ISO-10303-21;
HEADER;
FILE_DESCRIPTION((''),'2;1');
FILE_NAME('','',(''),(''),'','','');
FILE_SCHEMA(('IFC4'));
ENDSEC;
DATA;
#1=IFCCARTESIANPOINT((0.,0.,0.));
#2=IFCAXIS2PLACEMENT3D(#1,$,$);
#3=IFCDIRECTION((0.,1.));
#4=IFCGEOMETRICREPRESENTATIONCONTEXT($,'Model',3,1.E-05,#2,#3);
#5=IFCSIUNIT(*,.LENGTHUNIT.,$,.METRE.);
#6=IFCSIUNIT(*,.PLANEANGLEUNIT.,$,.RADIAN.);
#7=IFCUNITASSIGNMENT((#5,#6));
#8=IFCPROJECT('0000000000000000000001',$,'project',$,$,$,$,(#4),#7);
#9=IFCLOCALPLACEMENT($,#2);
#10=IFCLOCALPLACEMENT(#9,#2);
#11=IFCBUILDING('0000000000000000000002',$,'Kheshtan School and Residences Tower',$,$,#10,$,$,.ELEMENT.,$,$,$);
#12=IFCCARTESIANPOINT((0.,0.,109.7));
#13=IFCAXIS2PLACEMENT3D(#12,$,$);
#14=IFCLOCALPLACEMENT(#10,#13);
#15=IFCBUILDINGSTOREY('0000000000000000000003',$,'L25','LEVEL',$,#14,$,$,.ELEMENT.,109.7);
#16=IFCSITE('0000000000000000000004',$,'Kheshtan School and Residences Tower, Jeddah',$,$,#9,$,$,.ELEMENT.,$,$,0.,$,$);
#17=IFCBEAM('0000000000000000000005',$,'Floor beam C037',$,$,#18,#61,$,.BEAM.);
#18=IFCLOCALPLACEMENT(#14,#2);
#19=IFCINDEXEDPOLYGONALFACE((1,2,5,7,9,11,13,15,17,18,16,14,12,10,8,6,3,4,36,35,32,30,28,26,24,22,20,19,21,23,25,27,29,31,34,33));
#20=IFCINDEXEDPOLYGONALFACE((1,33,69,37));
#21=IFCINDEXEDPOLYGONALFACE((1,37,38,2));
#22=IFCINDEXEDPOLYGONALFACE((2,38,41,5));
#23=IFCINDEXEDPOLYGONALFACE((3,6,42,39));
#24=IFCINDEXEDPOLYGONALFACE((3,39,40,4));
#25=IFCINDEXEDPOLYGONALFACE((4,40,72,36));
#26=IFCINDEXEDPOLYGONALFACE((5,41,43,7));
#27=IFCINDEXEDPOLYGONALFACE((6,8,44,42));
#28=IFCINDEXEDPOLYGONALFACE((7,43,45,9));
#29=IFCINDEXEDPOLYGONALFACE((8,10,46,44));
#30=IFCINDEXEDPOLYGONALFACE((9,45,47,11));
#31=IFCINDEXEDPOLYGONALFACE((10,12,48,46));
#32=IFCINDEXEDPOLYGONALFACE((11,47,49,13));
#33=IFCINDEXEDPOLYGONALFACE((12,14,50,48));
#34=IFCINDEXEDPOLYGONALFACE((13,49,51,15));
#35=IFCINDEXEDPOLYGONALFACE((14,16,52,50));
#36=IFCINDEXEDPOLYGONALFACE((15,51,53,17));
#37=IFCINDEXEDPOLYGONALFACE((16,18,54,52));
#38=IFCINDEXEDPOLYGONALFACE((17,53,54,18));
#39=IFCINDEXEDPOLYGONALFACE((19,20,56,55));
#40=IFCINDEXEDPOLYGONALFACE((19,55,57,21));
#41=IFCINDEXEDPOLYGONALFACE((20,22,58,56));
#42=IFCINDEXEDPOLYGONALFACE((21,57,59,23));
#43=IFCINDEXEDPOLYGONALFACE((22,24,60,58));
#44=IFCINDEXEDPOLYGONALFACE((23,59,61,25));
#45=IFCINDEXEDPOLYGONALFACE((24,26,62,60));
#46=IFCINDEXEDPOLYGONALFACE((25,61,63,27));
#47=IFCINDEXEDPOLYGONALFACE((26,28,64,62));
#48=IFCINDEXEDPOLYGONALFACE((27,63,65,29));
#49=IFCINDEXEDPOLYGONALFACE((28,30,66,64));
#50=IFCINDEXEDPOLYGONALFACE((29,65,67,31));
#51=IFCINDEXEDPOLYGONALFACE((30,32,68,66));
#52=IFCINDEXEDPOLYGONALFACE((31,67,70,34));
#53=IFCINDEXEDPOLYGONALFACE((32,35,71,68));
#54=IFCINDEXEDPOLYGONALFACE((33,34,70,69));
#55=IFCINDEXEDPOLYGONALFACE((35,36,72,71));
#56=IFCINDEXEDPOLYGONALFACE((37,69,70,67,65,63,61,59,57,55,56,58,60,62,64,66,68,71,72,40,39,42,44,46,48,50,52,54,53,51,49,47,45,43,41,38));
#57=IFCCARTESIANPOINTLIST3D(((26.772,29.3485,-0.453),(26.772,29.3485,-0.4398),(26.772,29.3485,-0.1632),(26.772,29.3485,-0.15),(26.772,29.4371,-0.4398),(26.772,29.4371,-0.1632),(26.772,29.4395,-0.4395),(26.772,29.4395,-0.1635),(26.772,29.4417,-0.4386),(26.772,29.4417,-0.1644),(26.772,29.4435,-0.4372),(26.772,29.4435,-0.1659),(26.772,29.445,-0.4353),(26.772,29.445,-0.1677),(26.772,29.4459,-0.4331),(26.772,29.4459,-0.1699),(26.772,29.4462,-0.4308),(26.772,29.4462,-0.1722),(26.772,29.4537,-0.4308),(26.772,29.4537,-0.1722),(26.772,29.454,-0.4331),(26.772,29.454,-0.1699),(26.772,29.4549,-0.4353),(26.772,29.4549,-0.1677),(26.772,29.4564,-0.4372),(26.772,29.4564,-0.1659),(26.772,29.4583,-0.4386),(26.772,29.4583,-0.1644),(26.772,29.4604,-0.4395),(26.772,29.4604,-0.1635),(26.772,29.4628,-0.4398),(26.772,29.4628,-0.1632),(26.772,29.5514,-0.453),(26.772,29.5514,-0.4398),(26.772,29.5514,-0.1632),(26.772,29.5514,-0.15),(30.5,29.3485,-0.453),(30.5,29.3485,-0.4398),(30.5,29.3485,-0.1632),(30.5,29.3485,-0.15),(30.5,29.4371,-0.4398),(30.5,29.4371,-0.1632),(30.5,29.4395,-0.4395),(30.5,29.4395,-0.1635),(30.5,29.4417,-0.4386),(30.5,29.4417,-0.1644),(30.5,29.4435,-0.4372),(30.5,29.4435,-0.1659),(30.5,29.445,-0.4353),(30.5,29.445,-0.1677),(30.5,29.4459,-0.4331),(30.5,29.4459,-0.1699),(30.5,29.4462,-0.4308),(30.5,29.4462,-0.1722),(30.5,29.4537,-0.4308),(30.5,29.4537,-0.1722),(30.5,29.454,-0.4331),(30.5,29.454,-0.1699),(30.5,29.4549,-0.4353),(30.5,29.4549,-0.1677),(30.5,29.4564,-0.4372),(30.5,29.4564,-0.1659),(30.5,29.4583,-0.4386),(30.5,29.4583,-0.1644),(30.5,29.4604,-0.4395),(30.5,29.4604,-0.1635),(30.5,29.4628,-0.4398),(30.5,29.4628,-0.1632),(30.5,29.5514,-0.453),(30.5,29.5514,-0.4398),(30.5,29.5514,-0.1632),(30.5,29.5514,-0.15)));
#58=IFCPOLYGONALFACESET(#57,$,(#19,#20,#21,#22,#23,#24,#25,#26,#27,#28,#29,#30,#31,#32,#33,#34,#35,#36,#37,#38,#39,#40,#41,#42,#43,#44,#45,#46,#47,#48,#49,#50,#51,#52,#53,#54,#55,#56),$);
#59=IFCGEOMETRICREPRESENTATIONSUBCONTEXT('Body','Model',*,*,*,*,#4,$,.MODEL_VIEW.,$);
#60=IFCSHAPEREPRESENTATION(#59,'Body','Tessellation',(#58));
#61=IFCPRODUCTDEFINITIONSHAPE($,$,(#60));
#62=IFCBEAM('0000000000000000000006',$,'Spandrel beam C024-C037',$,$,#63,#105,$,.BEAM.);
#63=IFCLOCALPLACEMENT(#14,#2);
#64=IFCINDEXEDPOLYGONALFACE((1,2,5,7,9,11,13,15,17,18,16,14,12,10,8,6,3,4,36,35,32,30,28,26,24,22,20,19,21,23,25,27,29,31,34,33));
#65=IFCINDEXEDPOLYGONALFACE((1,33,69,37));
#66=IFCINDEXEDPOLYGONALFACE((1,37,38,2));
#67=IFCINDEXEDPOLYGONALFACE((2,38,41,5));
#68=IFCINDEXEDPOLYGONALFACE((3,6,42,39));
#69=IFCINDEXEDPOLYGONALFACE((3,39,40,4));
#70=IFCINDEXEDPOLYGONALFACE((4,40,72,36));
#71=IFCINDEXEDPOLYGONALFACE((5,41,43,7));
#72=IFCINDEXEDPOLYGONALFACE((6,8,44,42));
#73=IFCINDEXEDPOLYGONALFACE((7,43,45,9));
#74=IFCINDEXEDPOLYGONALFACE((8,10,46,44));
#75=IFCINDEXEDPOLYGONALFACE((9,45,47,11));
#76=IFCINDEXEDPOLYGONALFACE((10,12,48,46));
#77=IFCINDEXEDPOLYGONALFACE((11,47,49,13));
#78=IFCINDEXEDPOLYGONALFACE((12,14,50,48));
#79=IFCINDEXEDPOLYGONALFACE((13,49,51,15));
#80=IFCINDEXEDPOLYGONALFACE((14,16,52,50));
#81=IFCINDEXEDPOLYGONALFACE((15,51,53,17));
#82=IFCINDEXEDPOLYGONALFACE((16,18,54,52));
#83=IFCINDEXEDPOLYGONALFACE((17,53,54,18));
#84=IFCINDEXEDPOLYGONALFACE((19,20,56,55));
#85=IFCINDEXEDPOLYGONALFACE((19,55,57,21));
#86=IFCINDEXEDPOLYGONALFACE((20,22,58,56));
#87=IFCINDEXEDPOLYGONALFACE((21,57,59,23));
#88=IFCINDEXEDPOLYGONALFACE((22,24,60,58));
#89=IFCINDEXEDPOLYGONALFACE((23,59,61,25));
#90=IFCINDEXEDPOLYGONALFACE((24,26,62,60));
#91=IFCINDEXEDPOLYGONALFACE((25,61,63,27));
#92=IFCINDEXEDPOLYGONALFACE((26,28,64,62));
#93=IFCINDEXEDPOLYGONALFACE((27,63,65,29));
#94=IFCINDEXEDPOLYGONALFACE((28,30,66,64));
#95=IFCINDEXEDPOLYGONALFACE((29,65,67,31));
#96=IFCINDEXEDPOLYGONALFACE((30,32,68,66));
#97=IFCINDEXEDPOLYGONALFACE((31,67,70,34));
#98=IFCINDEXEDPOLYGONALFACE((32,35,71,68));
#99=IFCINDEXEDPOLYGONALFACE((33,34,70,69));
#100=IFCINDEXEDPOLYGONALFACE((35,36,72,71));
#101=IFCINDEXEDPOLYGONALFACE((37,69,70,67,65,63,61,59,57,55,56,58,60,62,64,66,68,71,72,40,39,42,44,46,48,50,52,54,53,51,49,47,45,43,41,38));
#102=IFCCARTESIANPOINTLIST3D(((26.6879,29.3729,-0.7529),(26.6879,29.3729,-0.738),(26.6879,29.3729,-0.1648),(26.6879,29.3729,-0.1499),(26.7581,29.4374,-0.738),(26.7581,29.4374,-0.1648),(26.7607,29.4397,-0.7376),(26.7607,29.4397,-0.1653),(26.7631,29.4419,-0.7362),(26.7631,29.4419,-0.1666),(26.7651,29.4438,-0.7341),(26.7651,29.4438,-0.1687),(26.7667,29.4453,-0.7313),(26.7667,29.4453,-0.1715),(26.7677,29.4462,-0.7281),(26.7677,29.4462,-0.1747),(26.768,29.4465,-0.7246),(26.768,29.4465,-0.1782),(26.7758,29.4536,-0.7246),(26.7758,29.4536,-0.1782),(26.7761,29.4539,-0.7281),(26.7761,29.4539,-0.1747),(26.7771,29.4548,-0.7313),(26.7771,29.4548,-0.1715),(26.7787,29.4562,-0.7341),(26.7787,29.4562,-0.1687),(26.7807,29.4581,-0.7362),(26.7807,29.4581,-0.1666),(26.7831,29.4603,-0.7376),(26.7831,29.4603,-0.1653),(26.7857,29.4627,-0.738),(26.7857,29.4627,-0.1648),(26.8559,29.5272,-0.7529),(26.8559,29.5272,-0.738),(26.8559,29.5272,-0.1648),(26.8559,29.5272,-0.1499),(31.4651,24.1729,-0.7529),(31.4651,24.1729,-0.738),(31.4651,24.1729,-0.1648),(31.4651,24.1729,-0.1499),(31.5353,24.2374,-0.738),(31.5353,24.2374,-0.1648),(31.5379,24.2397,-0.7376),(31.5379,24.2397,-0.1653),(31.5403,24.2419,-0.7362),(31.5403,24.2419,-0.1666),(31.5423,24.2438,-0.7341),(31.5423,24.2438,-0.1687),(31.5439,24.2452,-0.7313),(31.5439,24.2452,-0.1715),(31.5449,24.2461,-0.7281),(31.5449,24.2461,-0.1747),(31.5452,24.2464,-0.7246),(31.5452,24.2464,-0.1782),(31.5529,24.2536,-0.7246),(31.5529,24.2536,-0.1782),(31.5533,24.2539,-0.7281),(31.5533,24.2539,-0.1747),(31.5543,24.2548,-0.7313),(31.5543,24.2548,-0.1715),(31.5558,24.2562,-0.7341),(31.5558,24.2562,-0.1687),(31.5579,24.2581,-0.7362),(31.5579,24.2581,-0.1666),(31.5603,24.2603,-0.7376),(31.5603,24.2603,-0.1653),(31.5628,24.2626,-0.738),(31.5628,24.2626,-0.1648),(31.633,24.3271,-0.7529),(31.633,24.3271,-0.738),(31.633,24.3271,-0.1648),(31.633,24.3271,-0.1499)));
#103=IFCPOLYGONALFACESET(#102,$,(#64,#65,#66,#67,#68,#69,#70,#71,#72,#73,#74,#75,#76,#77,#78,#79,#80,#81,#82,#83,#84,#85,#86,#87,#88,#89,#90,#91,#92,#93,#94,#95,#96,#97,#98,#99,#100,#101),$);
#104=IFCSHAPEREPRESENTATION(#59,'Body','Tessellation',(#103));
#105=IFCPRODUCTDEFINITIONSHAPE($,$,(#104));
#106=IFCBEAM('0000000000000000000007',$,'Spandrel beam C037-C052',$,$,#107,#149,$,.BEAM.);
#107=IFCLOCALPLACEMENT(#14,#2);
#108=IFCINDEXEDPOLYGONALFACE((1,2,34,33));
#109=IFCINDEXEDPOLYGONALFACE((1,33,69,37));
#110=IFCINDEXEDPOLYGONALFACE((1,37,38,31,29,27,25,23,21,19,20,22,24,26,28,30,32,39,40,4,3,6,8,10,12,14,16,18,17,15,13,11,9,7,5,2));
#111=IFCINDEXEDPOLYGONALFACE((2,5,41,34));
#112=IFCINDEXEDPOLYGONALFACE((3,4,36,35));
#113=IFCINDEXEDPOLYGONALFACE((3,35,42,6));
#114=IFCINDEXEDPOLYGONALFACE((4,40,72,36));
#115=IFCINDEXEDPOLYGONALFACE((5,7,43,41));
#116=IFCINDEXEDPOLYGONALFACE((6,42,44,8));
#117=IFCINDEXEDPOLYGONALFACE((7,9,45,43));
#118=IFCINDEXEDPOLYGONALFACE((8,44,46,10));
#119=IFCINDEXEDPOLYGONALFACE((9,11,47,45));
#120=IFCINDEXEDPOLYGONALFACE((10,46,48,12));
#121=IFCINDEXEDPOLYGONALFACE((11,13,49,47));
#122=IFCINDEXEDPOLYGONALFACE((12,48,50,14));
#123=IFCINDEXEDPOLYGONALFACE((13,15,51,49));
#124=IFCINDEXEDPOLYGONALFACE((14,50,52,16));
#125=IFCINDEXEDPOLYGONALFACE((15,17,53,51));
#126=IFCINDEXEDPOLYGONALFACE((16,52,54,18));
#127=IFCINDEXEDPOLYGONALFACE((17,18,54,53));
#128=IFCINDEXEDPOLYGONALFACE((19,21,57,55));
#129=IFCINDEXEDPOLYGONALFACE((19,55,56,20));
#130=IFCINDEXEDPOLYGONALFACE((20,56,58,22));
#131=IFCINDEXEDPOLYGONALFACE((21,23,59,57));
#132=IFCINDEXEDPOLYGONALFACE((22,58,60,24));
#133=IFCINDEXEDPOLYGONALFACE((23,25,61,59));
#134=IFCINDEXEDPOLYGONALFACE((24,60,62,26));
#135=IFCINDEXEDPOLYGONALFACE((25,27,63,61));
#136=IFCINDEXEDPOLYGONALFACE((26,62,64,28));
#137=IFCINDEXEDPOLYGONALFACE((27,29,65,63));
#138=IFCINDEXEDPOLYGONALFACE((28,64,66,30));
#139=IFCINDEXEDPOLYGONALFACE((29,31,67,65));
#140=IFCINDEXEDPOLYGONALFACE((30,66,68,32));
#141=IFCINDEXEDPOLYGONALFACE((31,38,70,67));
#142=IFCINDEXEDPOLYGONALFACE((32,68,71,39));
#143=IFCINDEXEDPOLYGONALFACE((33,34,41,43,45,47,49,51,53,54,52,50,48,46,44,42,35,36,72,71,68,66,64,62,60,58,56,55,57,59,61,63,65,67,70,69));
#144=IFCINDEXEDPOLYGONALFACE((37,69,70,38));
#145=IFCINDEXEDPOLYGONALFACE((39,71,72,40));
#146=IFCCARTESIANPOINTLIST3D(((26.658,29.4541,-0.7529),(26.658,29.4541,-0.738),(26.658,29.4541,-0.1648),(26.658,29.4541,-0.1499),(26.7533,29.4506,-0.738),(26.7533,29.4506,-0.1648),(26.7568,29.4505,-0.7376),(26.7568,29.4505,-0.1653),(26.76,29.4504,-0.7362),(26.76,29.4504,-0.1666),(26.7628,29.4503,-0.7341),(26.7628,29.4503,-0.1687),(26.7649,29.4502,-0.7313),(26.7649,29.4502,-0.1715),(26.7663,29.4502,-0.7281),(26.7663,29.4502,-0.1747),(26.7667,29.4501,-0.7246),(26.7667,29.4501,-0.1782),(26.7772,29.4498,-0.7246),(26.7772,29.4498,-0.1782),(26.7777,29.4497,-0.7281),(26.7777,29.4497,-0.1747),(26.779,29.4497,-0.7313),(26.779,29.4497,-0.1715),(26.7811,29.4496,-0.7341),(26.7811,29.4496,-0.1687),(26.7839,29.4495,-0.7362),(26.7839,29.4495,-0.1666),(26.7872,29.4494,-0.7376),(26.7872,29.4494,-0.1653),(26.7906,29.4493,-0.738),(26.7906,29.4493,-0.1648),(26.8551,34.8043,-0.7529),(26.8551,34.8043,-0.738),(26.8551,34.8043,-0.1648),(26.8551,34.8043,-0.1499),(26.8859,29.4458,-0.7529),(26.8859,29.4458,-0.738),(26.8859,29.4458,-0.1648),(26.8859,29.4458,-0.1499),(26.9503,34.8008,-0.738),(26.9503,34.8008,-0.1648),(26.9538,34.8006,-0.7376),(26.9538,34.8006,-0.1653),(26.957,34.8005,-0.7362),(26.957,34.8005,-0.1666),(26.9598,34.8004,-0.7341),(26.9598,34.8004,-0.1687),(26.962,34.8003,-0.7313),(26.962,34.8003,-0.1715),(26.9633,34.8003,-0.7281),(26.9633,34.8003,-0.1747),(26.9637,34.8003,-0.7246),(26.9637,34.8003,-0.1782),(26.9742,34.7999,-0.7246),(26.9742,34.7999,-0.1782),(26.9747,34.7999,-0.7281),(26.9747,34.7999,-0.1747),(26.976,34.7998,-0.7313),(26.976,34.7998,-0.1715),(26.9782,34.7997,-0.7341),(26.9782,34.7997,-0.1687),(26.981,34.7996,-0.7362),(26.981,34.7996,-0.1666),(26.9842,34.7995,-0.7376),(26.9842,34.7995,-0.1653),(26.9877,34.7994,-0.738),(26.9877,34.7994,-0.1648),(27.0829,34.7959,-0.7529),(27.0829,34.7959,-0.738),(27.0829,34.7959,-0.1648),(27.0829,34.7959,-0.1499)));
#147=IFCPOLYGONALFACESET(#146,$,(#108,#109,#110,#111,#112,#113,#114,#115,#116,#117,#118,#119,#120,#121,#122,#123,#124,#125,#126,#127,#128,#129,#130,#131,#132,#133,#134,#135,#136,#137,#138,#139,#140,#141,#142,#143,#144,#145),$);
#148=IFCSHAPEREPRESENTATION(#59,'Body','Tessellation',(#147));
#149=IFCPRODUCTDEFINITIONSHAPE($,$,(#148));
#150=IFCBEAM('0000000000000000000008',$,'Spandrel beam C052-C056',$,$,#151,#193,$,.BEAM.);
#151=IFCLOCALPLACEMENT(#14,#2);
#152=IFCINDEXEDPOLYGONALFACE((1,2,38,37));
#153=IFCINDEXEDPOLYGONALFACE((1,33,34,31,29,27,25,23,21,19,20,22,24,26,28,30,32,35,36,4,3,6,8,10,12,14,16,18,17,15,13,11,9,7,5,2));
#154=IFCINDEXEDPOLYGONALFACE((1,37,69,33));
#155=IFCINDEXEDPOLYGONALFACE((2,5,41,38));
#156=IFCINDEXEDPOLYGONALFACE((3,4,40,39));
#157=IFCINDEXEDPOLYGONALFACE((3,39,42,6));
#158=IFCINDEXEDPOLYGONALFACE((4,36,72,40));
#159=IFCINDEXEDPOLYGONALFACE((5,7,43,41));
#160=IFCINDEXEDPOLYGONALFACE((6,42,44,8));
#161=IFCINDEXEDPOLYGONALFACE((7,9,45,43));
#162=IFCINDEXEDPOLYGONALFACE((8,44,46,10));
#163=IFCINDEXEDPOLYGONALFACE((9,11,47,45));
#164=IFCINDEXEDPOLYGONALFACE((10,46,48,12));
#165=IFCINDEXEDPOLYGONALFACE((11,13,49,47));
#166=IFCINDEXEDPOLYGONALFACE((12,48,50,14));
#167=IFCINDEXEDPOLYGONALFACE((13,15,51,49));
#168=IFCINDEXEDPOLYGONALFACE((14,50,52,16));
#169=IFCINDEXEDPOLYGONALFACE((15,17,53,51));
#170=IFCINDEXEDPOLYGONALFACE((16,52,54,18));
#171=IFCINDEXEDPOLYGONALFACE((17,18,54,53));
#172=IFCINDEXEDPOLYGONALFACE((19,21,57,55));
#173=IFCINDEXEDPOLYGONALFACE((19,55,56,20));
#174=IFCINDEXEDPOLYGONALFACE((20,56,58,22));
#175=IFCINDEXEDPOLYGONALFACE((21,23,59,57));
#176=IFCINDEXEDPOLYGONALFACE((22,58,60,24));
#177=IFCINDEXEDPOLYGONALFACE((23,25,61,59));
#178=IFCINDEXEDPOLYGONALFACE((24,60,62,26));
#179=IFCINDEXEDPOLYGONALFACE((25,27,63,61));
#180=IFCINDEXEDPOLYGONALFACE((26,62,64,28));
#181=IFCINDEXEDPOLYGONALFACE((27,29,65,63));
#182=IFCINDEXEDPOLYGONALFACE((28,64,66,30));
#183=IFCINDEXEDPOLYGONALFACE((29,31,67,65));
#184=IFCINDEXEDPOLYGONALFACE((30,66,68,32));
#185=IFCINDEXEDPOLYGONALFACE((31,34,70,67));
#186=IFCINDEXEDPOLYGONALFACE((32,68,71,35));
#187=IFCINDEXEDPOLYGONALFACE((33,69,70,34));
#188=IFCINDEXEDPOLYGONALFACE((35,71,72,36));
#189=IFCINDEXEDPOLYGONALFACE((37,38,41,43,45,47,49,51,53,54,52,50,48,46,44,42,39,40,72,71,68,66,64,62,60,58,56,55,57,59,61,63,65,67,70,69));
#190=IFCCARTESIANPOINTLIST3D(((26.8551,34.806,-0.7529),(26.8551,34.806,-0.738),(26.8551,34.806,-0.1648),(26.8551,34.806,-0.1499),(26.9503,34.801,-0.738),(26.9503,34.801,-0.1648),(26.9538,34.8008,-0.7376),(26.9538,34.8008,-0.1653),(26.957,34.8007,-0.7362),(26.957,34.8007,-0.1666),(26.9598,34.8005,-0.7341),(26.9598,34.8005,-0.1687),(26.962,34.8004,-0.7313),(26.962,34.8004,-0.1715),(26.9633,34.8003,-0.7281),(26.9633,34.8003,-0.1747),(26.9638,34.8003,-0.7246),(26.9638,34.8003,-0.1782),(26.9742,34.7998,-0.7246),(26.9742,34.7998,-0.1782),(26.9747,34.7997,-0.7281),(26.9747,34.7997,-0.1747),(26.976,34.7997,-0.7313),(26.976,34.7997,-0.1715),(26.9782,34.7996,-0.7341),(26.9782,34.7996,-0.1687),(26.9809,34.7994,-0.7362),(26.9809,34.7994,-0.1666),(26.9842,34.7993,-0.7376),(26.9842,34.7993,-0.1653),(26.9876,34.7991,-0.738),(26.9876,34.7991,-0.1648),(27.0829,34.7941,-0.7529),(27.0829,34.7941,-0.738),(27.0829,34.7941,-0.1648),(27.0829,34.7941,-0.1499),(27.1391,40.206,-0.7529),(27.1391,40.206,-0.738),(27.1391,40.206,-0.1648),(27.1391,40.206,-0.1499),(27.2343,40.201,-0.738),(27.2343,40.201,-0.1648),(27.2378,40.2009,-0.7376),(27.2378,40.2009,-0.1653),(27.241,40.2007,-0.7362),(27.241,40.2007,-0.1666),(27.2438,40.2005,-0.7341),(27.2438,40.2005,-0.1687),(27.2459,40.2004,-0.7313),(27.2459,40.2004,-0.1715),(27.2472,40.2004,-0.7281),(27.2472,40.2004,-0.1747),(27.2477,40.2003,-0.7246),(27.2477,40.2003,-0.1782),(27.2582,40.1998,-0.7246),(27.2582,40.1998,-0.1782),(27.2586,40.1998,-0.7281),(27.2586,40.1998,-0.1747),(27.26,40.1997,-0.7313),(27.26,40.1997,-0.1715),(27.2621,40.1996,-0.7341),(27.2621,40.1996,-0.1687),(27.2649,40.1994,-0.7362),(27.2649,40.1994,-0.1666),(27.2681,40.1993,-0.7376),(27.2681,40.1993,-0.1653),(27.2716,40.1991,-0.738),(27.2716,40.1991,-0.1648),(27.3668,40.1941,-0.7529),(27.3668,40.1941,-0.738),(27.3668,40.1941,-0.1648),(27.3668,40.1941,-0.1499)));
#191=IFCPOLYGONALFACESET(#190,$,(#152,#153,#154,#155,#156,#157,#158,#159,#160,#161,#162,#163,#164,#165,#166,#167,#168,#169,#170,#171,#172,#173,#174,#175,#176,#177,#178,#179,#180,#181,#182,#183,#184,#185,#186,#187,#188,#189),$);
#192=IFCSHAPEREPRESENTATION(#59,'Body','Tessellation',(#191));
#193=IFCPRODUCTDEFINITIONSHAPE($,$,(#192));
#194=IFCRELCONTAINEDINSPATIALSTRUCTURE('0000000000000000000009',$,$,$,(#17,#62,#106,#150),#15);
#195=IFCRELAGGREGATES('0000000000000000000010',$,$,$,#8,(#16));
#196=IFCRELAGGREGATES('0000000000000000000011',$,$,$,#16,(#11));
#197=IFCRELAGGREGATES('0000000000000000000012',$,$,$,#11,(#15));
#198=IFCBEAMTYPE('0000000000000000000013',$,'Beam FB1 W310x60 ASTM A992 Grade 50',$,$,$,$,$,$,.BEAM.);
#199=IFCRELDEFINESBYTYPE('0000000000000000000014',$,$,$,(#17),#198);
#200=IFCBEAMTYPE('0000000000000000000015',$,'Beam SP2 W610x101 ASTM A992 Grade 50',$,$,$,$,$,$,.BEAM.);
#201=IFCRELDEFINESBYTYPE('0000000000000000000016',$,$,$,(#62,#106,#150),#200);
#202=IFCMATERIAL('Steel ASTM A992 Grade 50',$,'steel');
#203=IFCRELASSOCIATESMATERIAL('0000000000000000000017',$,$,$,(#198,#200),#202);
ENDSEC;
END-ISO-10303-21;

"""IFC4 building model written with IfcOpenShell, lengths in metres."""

from ifc_helpers import new_model, si_unit, direction, frame, origin, origin_2d, place, context, subcontext, project, spatial, i_section, extrude, material, material_profile, profile_set, type_object, element, save


model = new_model("IFC4")

# Units and contexts
model_context = context("Model", 3, precision=1e-05, world=origin(), true_north=direction((0.0, 1.0)))
body_context = subcontext(model_context, "Body", "Model", "MODEL_VIEW")
ifc_project = project(units=[si_unit("LENGTHUNIT", "METRE"), si_unit("PLANEANGLEUNIT", "RADIAN")], contexts=[model_context])

# Site, building, storey
site_placement = place(None, origin())
site = spatial("IfcSite", under=ifc_project, at=site_placement, Name="Kheshtan School and Residences Tower, Jeddah", CompositionType="ELEMENT", RefElevation=0.0)
building_placement = place(site_placement, origin())
building = spatial("IfcBuilding", under=site, at=building_placement, Name="Kheshtan School and Residences Tower", CompositionType="ELEMENT")
storey_placement = place(building_placement, frame((0.0, 0.0, 109.7)))
storey = spatial("IfcBuildingStorey", under=building, at=storey_placement, Name="L25", Description="LEVEL", CompositionType="ELEMENT", Elevation=109.7)

# Shared definitions
ifc_material_1 = material(Name="Steel ASTM A992 Grade 50", Category="steel")

# Beams
ifc_material_profile_1 = material_profile(ifc_material_1, i_section(OverallWidth=0.2029, OverallDepth=0.303, WebThickness=0.0076, FlangeThickness=0.0132, FilletRadius=0.009, at=origin_2d()), Name="W310x60")
ifc_profile_set_1 = profile_set([ifc_material_profile_1], Name="Steel ASTM A992 Grade 50")
beam_type_1 = type_object("IfcBeamType", Name="Beam FB1 W310x60 ASTM A992 Grade 50", PredefinedType="BEAM", material=ifc_profile_set_1)
beam_1_placement = place(storey_placement, frame((26.772, 29.45, -0.3015), z_axis=(1.0, 0.0, 0.0), x_axis=(0.0, 1.0, 0.0)))
element("IfcBeam", 1, at=beam_1_placement, inside=storey, type_object=beam_type_1, Name="Floor beam C037", PredefinedType="BEAM", context=body_context, shape_type="SweptSolid", body=[
    extrude(i_section(OverallWidth=0.2029, OverallDepth=0.303, WebThickness=0.0076, FlangeThickness=0.0132, FilletRadius=0.009, at=origin_2d()), origin(), (0.0, 0.0, 1.0), 3.728),
])
ifc_material_profile_2 = material_profile(ifc_material_1, i_section(OverallWidth=0.228, OverallDepth=0.603, WebThickness=0.0105, FlangeThickness=0.0149, FilletRadius=0.0134, at=origin_2d()), Name="W610x101")
ifc_profile_set_2 = profile_set([ifc_material_profile_2], Name="Steel ASTM A992 Grade 50")
beam_type_2 = type_object("IfcBeamType", Name="Beam SP2 W610x101 ASTM A992 Grade 50", PredefinedType="BEAM", material=ifc_profile_set_2)
beam_2_placement = place(storey_placement, frame((31.5491, 24.25, -0.4514), z_axis=(-0.676531, 0.736415, 0.0), x_axis=(-0.736415, -0.676531, 0.0)))
element("IfcBeam", 2, at=beam_2_placement, inside=storey, type_object=beam_type_2, Name="Spandrel beam C024-C037", PredefinedType="BEAM", context=body_context, shape_type="SweptSolid", body=[
    extrude(i_section(OverallWidth=0.228, OverallDepth=0.603, WebThickness=0.0105, FlangeThickness=0.0149, FilletRadius=0.0134, at=origin_2d()), origin(), (0.0, 0.0, 1.0), 7.0613),
])
beam_3_placement = place(storey_placement, frame((26.772, 29.45, -0.4514), z_axis=(0.036801, 0.999323, 0.0), x_axis=(-0.999323, 0.036801, 0.0)))
element("IfcBeam", 3, at=beam_3_placement, inside=storey, type_object=beam_type_2, Name="Spandrel beam C037-C052", PredefinedType="BEAM", context=body_context, shape_type="SweptSolid", body=[
    extrude(i_section(OverallWidth=0.228, OverallDepth=0.603, WebThickness=0.0105, FlangeThickness=0.0149, FilletRadius=0.0134, at=origin_2d()), origin(), (0.0, 0.0, 1.0), 5.3538),
])
beam_4_placement = place(storey_placement, frame((26.969, 34.8, -0.4514), z_axis=(0.052509, 0.99862, 0.0), x_axis=(-0.99862, 0.052509, 0.0)))
element("IfcBeam", 4, at=beam_4_placement, inside=storey, type_object=beam_type_2, Name="Spandrel beam C052-C056", PredefinedType="BEAM", context=body_context, shape_type="SweptSolid", body=[
    extrude(i_section(OverallWidth=0.228, OverallDepth=0.603, WebThickness=0.0105, FlangeThickness=0.0149, FilletRadius=0.0134, at=origin_2d()), origin(), (0.0, 0.0, 1.0), 5.4075),
])

save(model, "model.ifc")
